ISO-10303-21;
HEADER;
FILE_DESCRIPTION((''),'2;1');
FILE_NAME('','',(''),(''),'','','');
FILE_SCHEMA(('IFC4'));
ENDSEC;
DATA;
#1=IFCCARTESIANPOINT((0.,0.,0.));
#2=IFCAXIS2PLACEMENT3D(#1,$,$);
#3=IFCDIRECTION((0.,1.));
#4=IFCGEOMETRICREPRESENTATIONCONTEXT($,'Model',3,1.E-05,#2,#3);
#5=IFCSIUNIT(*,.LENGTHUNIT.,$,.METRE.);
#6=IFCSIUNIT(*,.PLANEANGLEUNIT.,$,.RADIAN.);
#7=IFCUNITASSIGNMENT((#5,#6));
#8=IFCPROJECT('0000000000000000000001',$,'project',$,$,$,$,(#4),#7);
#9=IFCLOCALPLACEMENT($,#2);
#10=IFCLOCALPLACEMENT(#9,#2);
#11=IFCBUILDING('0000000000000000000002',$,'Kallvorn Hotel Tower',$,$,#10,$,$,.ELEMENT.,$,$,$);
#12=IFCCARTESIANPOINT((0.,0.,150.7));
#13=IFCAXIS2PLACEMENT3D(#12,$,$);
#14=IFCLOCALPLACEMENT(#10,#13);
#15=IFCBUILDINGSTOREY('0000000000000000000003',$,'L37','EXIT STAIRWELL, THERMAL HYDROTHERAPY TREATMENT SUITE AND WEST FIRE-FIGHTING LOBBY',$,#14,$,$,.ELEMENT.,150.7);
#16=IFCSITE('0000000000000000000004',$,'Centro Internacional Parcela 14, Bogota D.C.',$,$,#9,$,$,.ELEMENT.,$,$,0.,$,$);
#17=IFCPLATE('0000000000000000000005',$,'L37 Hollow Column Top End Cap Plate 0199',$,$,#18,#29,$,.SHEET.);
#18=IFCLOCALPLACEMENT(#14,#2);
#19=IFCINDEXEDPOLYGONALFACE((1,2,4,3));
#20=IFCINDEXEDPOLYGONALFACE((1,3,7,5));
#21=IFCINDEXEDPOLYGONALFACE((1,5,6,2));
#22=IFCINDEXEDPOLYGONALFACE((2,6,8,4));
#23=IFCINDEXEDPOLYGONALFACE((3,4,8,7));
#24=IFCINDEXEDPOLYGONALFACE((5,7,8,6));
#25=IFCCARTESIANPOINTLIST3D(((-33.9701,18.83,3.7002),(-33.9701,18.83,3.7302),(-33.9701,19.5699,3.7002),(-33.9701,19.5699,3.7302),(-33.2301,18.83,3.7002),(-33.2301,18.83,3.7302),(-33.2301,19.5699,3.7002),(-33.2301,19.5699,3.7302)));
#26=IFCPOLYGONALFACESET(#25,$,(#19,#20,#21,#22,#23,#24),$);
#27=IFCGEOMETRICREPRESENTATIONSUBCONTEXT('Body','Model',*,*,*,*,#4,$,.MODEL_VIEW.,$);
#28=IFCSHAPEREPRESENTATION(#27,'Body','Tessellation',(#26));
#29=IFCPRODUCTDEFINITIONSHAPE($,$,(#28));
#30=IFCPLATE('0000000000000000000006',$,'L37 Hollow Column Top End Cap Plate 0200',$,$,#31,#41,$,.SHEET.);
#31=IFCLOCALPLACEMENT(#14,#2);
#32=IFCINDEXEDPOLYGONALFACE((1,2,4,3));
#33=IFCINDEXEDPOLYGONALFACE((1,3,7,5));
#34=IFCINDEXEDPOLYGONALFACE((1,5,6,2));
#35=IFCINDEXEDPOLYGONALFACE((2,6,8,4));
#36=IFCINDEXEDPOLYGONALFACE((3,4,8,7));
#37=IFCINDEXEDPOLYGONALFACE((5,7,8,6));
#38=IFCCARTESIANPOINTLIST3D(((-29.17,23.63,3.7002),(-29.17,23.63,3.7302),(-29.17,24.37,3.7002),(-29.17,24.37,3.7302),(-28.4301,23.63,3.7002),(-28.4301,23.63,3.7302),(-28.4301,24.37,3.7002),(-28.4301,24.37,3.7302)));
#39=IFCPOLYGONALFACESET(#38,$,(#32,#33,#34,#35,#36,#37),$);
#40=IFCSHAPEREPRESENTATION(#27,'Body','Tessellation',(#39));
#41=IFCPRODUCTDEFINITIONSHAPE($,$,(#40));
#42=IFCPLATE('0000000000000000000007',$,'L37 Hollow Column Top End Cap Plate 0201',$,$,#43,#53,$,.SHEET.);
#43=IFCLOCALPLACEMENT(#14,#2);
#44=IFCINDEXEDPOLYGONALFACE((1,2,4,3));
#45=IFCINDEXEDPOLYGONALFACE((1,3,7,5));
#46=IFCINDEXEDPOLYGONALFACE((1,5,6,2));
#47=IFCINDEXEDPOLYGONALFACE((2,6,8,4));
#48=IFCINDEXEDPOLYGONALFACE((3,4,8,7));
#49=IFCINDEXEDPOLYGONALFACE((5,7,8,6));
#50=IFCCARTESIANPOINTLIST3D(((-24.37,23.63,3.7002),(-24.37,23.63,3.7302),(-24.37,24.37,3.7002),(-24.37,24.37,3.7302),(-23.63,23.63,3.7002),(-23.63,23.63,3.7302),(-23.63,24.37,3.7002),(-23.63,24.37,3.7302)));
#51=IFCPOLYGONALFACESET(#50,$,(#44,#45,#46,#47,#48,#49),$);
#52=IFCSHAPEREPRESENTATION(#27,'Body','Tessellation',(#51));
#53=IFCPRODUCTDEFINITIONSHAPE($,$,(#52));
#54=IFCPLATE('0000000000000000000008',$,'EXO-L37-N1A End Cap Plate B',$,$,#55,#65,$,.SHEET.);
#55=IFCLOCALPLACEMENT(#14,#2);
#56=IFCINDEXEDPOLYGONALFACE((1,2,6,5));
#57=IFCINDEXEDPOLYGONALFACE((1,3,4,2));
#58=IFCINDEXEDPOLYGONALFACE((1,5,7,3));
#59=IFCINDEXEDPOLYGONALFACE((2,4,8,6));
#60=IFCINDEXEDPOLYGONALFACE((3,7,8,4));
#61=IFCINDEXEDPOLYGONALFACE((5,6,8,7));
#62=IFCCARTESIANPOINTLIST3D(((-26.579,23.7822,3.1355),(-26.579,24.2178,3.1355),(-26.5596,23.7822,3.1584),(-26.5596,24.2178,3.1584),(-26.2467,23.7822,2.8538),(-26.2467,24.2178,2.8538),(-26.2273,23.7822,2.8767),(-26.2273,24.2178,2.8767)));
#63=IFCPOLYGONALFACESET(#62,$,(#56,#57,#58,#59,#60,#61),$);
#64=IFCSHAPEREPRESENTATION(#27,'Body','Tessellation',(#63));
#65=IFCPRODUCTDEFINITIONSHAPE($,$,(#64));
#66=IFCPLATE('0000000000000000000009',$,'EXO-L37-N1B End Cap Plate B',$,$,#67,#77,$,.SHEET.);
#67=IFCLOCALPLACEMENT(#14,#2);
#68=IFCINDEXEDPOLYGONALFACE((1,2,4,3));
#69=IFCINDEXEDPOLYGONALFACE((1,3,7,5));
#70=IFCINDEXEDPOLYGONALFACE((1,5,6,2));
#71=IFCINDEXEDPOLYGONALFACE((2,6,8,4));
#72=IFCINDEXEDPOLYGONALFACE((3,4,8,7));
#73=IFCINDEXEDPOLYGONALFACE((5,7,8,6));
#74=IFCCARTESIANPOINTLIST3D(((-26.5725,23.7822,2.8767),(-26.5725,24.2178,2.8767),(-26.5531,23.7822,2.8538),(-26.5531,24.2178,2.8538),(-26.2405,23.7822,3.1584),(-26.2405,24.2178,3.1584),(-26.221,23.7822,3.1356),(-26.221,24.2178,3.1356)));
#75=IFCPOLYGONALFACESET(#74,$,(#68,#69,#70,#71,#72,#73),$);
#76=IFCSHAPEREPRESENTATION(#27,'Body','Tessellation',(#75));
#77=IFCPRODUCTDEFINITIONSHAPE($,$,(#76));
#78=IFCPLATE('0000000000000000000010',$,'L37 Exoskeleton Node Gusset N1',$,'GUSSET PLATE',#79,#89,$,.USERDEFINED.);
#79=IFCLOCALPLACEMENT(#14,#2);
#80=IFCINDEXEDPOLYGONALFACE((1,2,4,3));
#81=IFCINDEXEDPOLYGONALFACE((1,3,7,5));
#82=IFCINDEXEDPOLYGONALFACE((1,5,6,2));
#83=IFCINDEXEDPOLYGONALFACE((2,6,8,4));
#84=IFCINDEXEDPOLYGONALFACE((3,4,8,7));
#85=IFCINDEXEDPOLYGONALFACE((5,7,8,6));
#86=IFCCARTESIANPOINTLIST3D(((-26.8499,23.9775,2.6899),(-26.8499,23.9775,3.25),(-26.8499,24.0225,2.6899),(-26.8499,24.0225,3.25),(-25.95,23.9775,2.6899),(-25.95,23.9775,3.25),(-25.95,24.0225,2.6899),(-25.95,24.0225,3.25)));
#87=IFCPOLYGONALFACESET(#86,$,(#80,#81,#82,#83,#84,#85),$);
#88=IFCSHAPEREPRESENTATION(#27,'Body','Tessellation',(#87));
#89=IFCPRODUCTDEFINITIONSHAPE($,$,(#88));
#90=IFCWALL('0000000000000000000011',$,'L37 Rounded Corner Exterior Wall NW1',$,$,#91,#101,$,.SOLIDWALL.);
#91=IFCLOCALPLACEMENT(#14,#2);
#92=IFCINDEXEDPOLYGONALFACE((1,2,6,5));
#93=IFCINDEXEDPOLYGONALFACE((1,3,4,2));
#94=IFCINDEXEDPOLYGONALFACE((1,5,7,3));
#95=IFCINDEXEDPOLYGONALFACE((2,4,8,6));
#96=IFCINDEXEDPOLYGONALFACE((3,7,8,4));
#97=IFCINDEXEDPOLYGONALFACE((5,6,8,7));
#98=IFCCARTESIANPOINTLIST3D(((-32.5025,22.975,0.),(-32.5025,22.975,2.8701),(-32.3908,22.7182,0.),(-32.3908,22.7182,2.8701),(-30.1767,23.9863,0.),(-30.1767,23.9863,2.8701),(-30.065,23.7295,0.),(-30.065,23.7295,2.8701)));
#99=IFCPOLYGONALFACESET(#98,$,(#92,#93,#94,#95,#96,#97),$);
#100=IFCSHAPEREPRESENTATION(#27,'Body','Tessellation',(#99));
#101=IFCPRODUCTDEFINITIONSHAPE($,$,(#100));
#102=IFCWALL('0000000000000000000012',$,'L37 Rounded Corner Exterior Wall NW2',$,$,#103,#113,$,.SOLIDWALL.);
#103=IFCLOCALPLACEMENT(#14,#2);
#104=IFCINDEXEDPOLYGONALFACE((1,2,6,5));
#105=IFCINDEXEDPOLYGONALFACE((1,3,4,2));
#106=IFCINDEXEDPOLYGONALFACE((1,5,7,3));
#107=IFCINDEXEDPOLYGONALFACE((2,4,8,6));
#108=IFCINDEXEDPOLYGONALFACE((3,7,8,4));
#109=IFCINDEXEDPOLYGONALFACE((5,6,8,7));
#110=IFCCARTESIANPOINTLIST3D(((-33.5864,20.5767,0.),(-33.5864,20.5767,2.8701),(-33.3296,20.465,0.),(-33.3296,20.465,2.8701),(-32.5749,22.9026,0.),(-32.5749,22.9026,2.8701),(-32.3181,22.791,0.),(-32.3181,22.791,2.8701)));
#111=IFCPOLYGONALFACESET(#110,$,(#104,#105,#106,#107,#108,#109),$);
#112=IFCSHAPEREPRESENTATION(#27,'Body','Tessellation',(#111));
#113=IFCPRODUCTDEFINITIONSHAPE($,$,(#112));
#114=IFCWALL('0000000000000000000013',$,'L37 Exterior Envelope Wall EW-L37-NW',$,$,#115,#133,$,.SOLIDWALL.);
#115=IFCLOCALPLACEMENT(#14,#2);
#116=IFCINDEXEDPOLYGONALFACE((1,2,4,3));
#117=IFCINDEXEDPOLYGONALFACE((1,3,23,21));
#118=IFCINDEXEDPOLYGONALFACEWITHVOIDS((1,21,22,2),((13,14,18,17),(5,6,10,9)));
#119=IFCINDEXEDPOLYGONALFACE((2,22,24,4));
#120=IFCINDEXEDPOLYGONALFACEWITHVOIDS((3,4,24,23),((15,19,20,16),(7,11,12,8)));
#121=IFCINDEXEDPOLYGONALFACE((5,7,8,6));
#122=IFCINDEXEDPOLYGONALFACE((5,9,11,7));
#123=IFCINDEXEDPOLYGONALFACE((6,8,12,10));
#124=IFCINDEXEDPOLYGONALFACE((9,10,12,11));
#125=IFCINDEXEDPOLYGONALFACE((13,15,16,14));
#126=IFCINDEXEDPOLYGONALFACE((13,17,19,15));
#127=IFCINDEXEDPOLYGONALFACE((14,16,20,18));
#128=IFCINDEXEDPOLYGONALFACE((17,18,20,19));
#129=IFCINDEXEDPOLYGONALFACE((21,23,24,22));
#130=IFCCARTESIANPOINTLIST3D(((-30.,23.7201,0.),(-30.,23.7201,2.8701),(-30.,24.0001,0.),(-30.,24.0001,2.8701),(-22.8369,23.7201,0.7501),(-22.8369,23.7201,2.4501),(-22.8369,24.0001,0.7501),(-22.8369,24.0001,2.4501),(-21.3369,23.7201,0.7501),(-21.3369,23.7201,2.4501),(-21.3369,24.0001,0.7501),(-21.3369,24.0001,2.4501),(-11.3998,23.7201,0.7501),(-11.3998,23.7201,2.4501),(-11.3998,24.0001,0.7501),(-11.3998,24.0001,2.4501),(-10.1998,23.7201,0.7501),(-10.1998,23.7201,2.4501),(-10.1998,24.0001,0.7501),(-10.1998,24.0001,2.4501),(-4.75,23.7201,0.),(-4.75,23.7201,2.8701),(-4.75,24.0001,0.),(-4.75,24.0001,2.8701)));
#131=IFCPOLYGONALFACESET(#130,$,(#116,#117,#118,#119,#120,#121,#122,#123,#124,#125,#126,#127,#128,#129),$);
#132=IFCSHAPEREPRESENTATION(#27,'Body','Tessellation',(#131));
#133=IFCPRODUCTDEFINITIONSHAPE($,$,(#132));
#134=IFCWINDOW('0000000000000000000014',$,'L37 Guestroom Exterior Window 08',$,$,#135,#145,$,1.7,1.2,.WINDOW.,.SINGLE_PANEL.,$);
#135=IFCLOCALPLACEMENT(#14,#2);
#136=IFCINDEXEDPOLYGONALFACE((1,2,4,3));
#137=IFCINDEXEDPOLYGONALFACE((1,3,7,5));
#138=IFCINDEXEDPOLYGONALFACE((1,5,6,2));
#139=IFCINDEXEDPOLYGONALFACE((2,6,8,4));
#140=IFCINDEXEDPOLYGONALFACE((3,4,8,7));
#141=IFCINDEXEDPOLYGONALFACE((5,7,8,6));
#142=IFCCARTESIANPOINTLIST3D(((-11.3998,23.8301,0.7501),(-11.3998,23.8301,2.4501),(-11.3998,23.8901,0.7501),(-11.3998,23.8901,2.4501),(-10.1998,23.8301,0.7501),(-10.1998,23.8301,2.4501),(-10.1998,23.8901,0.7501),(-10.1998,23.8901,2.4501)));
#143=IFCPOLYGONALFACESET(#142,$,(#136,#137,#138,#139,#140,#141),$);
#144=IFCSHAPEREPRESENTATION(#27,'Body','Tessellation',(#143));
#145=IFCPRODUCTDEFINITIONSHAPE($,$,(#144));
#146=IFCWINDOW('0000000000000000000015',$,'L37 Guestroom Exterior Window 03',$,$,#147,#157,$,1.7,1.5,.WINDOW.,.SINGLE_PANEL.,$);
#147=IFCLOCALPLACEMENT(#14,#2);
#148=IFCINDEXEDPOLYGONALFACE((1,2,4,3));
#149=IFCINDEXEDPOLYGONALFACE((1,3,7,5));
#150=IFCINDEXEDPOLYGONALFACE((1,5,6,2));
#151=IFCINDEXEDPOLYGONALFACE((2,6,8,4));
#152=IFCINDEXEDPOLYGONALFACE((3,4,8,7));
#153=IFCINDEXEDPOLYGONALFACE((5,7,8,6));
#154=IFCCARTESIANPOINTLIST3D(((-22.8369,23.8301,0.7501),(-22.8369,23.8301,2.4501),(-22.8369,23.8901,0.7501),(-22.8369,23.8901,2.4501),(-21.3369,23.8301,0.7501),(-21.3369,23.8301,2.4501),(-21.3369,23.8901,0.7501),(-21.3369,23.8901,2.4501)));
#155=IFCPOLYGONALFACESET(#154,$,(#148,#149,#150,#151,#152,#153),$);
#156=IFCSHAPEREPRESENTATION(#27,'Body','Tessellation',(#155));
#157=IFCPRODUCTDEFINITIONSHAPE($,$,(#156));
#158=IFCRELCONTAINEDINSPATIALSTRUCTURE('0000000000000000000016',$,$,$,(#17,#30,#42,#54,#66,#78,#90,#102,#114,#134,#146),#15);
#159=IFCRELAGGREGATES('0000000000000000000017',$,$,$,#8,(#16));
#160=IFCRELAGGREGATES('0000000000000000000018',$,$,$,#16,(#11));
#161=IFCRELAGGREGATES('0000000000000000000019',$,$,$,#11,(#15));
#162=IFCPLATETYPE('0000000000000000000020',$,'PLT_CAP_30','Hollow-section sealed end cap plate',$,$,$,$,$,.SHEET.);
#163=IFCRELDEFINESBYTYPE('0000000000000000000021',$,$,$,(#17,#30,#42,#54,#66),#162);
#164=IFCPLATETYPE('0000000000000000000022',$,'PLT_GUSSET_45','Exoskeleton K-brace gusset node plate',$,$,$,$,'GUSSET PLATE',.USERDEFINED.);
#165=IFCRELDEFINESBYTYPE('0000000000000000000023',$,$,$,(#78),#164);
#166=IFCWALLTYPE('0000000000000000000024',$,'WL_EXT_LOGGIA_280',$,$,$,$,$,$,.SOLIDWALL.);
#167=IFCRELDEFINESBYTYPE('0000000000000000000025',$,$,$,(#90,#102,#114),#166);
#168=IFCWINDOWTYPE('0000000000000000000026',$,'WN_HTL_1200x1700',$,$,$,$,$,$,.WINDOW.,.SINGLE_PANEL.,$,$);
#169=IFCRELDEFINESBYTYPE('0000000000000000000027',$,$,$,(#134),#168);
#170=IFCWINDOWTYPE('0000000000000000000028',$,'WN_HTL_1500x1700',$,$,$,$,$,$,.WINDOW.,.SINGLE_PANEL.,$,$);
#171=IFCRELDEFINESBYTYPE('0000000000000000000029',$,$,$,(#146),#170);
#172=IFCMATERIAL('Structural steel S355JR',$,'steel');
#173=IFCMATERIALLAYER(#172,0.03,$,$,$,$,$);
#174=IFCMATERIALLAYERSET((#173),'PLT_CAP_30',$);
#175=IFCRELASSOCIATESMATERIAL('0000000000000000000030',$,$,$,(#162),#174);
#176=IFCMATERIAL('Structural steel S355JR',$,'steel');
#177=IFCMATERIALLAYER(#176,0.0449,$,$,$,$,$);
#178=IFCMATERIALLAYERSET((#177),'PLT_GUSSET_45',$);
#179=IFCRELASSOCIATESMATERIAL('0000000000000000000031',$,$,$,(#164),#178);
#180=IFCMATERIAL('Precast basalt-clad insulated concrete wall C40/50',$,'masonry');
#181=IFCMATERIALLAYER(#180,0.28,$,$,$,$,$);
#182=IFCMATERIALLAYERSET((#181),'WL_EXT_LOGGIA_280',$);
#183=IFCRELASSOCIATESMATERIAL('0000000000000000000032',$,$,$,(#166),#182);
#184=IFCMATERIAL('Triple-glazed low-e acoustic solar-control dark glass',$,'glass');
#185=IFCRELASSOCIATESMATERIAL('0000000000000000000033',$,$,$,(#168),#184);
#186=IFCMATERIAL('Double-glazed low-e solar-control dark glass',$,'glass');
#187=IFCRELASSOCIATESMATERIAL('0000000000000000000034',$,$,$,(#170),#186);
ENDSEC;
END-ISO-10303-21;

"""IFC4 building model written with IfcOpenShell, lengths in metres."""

from ifc_helpers import new_model, si_unit, direction, frame, frame_2d, origin, origin_2d, place, context, subcontext, project, spatial, polyline, rectangle, outline, extrude, material, layer, layer_set, type_object, element, fill, save


model = new_model("IFC4")

# Units and contexts
model_context = context("Model", 3, precision=1e-05, world=origin(), true_north=direction((0.0, 1.0)))
body_context = subcontext(model_context, "Body", "Model", "MODEL_VIEW")
ifc_project = project(units=[si_unit("LENGTHUNIT", "METRE"), si_unit("PLANEANGLEUNIT", "RADIAN")], contexts=[model_context])

# Site, building, storey
site_placement = place(None, origin())
site = spatial("IfcSite", under=ifc_project, at=site_placement, Name="Centro Internacional Parcela 14, Bogota D.C.", CompositionType="ELEMENT", RefElevation=0.0)
building_placement = place(site_placement, origin())
building = spatial("IfcBuilding", under=site, at=building_placement, Name="Kallvorn Hotel Tower", CompositionType="ELEMENT")
storey_placement = place(building_placement, frame((0.0, 0.0, 150.7)))
storey = spatial("IfcBuildingStorey", under=building, at=storey_placement, Name="L37", Description="EXIT STAIRWELL, THERMAL HYDROTHERAPY TREATMENT SUITE AND WEST FIRE-FIGHTING LOBBY", CompositionType="ELEMENT", Elevation=150.7)

# Plates
ifc_material_1 = material(Name="Structural steel S355JR", Category="steel")
ifc_layer_1 = layer(ifc_material_1, 0.03)
ifc_layer_set_1 = layer_set([ifc_layer_1], Name="PLT_CAP_30")
plate_type_1 = type_object("IfcPlateType", Name="PLT_CAP_30", Description="Hollow-section sealed end cap plate", PredefinedType="SHEET", material=ifc_layer_set_1)
for number, where, z_axis, x_axis, name in (
    (1, (-33.6001, 19.2, 3.7002), (0.0, 0.0, 1.0), (1.0, 0.0, 0.0), "L37 Hollow Column Top End Cap Plate 0199"),
    (2, (-28.8, 24.0, 3.7002), (0.0, 0.0, 1.0), (1.0, 0.0, 0.0), "L37 Hollow Column Top End Cap Plate 0200"),
    (3, (-24.0, 24.0, 3.7002), (0.0, 0.0, 1.0), (1.0, 0.0, 0.0), "L37 Hollow Column Top End Cap Plate 0201"),
):
    element("IfcPlate", number, at=place(storey_placement, frame(where, z_axis=z_axis, x_axis=x_axis)), inside=storey, type_object=plate_type_1, Name=name, PredefinedType="SHEET", context=body_context, shape_type="SweptSolid", body=[
        extrude(rectangle(XDim=0.74, YDim=0.74, at=origin_2d()), origin(), (0.0, 0.0, 1.0), 0.03),
    ])
plate_1_placement = place(storey_placement, frame((-26.2273, 23.7822, 2.8767), z_axis=(0.646721, 0.0, 0.762727), x_axis=(0.0, 1.0, 0.0)))
element("IfcPlate", 4, at=plate_1_placement, inside=storey, type_object=plate_type_1, Name="EXO-L37-N1A End Cap Plate B", PredefinedType="SHEET", context=body_context, shape_type="SweptSolid", body=[
    extrude(outline(polyline([(0.0, 0.0), (0.4355, 0.0), (0.4355, 0.4356), (0.0, 0.4356), (0.0, 0.0)])), origin(), (0.0, 0.0, -1.0), 0.03),
])
plate_2_placement = place(storey_placement, frame((-26.5725, 24.2178, 2.8767), z_axis=(-0.646997, 0.0, 0.762492), x_axis=(0.0, -1.0, 0.0)))
element("IfcPlate", 5, at=plate_2_placement, inside=storey, type_object=plate_type_1, Name="EXO-L37-N1B End Cap Plate B", PredefinedType="SHEET", context=body_context, shape_type="SweptSolid", body=[
    extrude(outline(polyline([(0.0, 0.0), (0.4355, 0.0), (0.4355, 0.4355), (0.0, 0.4355), (0.0, 0.0)])), origin(), (0.0, 0.0, -1.0), 0.03),
])
ifc_material_2 = material(Name="Structural steel S355JR", Category="steel")
ifc_layer_2 = layer(ifc_material_2, 0.0449)
ifc_layer_set_2 = layer_set([ifc_layer_2], Name="PLT_GUSSET_45")
plate_type_2 = type_object("IfcPlateType", Name="PLT_GUSSET_45", Description="Exoskeleton K-brace gusset node plate", ElementType="GUSSET PLATE", PredefinedType="USERDEFINED", material=ifc_layer_set_2)
plate_3_placement = place(storey_placement, frame((-26.3999, 24.0, 2.6899), z_axis=(0.0, 0.0, 1.0), x_axis=(1.0, 0.0, 0.0)))
element("IfcPlate", 6, at=plate_3_placement, inside=storey, type_object=plate_type_2, Name="L37 Exoskeleton Node Gusset N1", ObjectType="GUSSET PLATE", PredefinedType="USERDEFINED", context=body_context, shape_type="SweptSolid", body=[
    extrude(rectangle(XDim=0.8999, YDim=0.0449, at=origin_2d()), origin(), (0.0, 0.0, 1.0), 0.5601),
])

# Walls
ifc_material_3 = material(Name="Precast basalt-clad insulated concrete wall C40/50", Category="masonry")
ifc_layer_3 = layer(ifc_material_3, 0.28)
ifc_layer_set_3 = layer_set([ifc_layer_3], Name="WL_EXT_LOGGIA_280")
wall_type = type_object("IfcWallType", Name="WL_EXT_LOGGIA_280", PredefinedType="SOLIDWALL", material=ifc_layer_set_3)
wall_1_placement = place(storey_placement, frame((-30.1208, 23.8579, 0.0), z_axis=(0.0, 0.0, 1.0), x_axis=(-0.917061, -0.398747, 0.0)))
element("IfcWall", 7, at=wall_1_placement, inside=storey, type_object=wall_type, Name="L37 Rounded Corner Exterior Wall NW1", PredefinedType="SOLIDWALL", context=body_context, shape_type="SweptSolid", body=[
    extrude(rectangle(XDim=2.5361, YDim=0.28, at=frame_2d((1.2681, 0.0))), origin(), (0.0, 0.0, 1.0), 2.8701),
])
wall_2_placement = place(storey_placement, frame((-32.4465, 22.8467, 0.0), z_axis=(0.0, 0.0, 1.0), x_axis=(-0.398793, -0.917041, 0.0)))
element("IfcWall", 8, at=wall_2_placement, inside=storey, type_object=wall_type, Name="L37 Rounded Corner Exterior Wall NW2", PredefinedType="SOLIDWALL", context=body_context, shape_type="SweptSolid", body=[
    extrude(rectangle(XDim=2.5364, YDim=0.28, at=frame_2d((1.2681, 0.0))), origin(), (0.0, 0.0, 1.0), 2.8701),
])

# Wall, openings, windows
wall_3_placement = place(storey_placement, frame((-30.0, 23.8601, 0.0), z_axis=(0.0, 0.0, 1.0), x_axis=(1.0, 0.0, 0.0)))
wall_3 = element("IfcWall", 9, at=wall_3_placement, inside=storey, type_object=wall_type, Name="L37 Exterior Envelope Wall EW-L37-NW", PredefinedType="SOLIDWALL", context=body_context, shape_type="SweptSolid", body=[
    extrude(rectangle(XDim=25.25, YDim=0.28, at=frame_2d((12.625, 0.0))), origin(), (0.0, 0.0, 1.0), 2.8701),
])
opening_1_placement = place(wall_3_placement, frame((7.1631, 0.0, 0.75)))
opening_1 = element("IfcOpeningElement", 10, at=opening_1_placement, cuts=wall_3, PredefinedType="OPENING", context=body_context, shape_type="SweptSolid", body=[
    extrude(rectangle(XDim=1.5, YDim=1.7, at=frame_2d((0.75, 0.8501))), frame((0.0, 0.155, 0.0), z_axis=(0.0, -1.0, 0.0), x_axis=(1.0, 0.0, 0.0)), (0.0, 0.0, 1.0), 0.3101),
])
opening_2_placement = place(wall_3_placement, frame((18.6001, 0.0, 0.75)))
opening_2 = element("IfcOpeningElement", 11, at=opening_2_placement, cuts=wall_3, PredefinedType="OPENING", context=body_context, shape_type="SweptSolid", body=[
    extrude(rectangle(XDim=1.2, YDim=1.7, at=frame_2d((0.6001, 0.8501))), frame((0.0, 0.155, 0.0), z_axis=(0.0, -1.0, 0.0), x_axis=(1.0, 0.0, 0.0)), (0.0, 0.0, 1.0), 0.3101),
])
ifc_material_4 = material(Name="Triple-glazed low-e acoustic solar-control dark glass", Category="glass")
window_type_1 = type_object("IfcWindowType", Name="WN_HTL_1200x1700", PartitioningType="SINGLE_PANEL", PredefinedType="WINDOW", material=ifc_material_4)
window_1_placement = place(opening_2_placement, origin())
window_1 = element("IfcWindow", 12, at=window_1_placement, inside=storey, type_object=window_type_1, Name="L37 Guestroom Exterior Window 08", OverallHeight=1.7, OverallWidth=1.2, PartitioningType="SINGLE_PANEL", PredefinedType="WINDOW", context=body_context, shape_type="SweptSolid", body=[
    extrude(rectangle(XDim=1.2, YDim=1.7, at=frame_2d((0.6001, 0.8501))), frame((0.0, 0.03, 0.0), z_axis=(0.0, -1.0, 0.0), x_axis=(1.0, 0.0, 0.0)), (0.0, 0.0, 1.0), 0.0601),
])
fill(opening_2, window_1)
ifc_material_5 = material(Name="Double-glazed low-e solar-control dark glass", Category="glass")
window_type_2 = type_object("IfcWindowType", Name="WN_HTL_1500x1700", PartitioningType="SINGLE_PANEL", PredefinedType="WINDOW", material=ifc_material_5)
window_2_placement = place(opening_1_placement, origin())
window_2 = element("IfcWindow", 13, at=window_2_placement, inside=storey, type_object=window_type_2, Name="L37 Guestroom Exterior Window 03", OverallHeight=1.7, OverallWidth=1.5, PartitioningType="SINGLE_PANEL", PredefinedType="WINDOW", context=body_context, shape_type="SweptSolid", body=[
    extrude(rectangle(XDim=1.5, YDim=1.7, at=frame_2d((0.75, 0.8501))), frame((0.0, 0.03, 0.0), z_axis=(0.0, -1.0, 0.0), x_axis=(1.0, 0.0, 0.0)), (0.0, 0.0, 1.0), 0.0601),
])
fill(opening_1, window_2)

save(model, "model.ifc")
